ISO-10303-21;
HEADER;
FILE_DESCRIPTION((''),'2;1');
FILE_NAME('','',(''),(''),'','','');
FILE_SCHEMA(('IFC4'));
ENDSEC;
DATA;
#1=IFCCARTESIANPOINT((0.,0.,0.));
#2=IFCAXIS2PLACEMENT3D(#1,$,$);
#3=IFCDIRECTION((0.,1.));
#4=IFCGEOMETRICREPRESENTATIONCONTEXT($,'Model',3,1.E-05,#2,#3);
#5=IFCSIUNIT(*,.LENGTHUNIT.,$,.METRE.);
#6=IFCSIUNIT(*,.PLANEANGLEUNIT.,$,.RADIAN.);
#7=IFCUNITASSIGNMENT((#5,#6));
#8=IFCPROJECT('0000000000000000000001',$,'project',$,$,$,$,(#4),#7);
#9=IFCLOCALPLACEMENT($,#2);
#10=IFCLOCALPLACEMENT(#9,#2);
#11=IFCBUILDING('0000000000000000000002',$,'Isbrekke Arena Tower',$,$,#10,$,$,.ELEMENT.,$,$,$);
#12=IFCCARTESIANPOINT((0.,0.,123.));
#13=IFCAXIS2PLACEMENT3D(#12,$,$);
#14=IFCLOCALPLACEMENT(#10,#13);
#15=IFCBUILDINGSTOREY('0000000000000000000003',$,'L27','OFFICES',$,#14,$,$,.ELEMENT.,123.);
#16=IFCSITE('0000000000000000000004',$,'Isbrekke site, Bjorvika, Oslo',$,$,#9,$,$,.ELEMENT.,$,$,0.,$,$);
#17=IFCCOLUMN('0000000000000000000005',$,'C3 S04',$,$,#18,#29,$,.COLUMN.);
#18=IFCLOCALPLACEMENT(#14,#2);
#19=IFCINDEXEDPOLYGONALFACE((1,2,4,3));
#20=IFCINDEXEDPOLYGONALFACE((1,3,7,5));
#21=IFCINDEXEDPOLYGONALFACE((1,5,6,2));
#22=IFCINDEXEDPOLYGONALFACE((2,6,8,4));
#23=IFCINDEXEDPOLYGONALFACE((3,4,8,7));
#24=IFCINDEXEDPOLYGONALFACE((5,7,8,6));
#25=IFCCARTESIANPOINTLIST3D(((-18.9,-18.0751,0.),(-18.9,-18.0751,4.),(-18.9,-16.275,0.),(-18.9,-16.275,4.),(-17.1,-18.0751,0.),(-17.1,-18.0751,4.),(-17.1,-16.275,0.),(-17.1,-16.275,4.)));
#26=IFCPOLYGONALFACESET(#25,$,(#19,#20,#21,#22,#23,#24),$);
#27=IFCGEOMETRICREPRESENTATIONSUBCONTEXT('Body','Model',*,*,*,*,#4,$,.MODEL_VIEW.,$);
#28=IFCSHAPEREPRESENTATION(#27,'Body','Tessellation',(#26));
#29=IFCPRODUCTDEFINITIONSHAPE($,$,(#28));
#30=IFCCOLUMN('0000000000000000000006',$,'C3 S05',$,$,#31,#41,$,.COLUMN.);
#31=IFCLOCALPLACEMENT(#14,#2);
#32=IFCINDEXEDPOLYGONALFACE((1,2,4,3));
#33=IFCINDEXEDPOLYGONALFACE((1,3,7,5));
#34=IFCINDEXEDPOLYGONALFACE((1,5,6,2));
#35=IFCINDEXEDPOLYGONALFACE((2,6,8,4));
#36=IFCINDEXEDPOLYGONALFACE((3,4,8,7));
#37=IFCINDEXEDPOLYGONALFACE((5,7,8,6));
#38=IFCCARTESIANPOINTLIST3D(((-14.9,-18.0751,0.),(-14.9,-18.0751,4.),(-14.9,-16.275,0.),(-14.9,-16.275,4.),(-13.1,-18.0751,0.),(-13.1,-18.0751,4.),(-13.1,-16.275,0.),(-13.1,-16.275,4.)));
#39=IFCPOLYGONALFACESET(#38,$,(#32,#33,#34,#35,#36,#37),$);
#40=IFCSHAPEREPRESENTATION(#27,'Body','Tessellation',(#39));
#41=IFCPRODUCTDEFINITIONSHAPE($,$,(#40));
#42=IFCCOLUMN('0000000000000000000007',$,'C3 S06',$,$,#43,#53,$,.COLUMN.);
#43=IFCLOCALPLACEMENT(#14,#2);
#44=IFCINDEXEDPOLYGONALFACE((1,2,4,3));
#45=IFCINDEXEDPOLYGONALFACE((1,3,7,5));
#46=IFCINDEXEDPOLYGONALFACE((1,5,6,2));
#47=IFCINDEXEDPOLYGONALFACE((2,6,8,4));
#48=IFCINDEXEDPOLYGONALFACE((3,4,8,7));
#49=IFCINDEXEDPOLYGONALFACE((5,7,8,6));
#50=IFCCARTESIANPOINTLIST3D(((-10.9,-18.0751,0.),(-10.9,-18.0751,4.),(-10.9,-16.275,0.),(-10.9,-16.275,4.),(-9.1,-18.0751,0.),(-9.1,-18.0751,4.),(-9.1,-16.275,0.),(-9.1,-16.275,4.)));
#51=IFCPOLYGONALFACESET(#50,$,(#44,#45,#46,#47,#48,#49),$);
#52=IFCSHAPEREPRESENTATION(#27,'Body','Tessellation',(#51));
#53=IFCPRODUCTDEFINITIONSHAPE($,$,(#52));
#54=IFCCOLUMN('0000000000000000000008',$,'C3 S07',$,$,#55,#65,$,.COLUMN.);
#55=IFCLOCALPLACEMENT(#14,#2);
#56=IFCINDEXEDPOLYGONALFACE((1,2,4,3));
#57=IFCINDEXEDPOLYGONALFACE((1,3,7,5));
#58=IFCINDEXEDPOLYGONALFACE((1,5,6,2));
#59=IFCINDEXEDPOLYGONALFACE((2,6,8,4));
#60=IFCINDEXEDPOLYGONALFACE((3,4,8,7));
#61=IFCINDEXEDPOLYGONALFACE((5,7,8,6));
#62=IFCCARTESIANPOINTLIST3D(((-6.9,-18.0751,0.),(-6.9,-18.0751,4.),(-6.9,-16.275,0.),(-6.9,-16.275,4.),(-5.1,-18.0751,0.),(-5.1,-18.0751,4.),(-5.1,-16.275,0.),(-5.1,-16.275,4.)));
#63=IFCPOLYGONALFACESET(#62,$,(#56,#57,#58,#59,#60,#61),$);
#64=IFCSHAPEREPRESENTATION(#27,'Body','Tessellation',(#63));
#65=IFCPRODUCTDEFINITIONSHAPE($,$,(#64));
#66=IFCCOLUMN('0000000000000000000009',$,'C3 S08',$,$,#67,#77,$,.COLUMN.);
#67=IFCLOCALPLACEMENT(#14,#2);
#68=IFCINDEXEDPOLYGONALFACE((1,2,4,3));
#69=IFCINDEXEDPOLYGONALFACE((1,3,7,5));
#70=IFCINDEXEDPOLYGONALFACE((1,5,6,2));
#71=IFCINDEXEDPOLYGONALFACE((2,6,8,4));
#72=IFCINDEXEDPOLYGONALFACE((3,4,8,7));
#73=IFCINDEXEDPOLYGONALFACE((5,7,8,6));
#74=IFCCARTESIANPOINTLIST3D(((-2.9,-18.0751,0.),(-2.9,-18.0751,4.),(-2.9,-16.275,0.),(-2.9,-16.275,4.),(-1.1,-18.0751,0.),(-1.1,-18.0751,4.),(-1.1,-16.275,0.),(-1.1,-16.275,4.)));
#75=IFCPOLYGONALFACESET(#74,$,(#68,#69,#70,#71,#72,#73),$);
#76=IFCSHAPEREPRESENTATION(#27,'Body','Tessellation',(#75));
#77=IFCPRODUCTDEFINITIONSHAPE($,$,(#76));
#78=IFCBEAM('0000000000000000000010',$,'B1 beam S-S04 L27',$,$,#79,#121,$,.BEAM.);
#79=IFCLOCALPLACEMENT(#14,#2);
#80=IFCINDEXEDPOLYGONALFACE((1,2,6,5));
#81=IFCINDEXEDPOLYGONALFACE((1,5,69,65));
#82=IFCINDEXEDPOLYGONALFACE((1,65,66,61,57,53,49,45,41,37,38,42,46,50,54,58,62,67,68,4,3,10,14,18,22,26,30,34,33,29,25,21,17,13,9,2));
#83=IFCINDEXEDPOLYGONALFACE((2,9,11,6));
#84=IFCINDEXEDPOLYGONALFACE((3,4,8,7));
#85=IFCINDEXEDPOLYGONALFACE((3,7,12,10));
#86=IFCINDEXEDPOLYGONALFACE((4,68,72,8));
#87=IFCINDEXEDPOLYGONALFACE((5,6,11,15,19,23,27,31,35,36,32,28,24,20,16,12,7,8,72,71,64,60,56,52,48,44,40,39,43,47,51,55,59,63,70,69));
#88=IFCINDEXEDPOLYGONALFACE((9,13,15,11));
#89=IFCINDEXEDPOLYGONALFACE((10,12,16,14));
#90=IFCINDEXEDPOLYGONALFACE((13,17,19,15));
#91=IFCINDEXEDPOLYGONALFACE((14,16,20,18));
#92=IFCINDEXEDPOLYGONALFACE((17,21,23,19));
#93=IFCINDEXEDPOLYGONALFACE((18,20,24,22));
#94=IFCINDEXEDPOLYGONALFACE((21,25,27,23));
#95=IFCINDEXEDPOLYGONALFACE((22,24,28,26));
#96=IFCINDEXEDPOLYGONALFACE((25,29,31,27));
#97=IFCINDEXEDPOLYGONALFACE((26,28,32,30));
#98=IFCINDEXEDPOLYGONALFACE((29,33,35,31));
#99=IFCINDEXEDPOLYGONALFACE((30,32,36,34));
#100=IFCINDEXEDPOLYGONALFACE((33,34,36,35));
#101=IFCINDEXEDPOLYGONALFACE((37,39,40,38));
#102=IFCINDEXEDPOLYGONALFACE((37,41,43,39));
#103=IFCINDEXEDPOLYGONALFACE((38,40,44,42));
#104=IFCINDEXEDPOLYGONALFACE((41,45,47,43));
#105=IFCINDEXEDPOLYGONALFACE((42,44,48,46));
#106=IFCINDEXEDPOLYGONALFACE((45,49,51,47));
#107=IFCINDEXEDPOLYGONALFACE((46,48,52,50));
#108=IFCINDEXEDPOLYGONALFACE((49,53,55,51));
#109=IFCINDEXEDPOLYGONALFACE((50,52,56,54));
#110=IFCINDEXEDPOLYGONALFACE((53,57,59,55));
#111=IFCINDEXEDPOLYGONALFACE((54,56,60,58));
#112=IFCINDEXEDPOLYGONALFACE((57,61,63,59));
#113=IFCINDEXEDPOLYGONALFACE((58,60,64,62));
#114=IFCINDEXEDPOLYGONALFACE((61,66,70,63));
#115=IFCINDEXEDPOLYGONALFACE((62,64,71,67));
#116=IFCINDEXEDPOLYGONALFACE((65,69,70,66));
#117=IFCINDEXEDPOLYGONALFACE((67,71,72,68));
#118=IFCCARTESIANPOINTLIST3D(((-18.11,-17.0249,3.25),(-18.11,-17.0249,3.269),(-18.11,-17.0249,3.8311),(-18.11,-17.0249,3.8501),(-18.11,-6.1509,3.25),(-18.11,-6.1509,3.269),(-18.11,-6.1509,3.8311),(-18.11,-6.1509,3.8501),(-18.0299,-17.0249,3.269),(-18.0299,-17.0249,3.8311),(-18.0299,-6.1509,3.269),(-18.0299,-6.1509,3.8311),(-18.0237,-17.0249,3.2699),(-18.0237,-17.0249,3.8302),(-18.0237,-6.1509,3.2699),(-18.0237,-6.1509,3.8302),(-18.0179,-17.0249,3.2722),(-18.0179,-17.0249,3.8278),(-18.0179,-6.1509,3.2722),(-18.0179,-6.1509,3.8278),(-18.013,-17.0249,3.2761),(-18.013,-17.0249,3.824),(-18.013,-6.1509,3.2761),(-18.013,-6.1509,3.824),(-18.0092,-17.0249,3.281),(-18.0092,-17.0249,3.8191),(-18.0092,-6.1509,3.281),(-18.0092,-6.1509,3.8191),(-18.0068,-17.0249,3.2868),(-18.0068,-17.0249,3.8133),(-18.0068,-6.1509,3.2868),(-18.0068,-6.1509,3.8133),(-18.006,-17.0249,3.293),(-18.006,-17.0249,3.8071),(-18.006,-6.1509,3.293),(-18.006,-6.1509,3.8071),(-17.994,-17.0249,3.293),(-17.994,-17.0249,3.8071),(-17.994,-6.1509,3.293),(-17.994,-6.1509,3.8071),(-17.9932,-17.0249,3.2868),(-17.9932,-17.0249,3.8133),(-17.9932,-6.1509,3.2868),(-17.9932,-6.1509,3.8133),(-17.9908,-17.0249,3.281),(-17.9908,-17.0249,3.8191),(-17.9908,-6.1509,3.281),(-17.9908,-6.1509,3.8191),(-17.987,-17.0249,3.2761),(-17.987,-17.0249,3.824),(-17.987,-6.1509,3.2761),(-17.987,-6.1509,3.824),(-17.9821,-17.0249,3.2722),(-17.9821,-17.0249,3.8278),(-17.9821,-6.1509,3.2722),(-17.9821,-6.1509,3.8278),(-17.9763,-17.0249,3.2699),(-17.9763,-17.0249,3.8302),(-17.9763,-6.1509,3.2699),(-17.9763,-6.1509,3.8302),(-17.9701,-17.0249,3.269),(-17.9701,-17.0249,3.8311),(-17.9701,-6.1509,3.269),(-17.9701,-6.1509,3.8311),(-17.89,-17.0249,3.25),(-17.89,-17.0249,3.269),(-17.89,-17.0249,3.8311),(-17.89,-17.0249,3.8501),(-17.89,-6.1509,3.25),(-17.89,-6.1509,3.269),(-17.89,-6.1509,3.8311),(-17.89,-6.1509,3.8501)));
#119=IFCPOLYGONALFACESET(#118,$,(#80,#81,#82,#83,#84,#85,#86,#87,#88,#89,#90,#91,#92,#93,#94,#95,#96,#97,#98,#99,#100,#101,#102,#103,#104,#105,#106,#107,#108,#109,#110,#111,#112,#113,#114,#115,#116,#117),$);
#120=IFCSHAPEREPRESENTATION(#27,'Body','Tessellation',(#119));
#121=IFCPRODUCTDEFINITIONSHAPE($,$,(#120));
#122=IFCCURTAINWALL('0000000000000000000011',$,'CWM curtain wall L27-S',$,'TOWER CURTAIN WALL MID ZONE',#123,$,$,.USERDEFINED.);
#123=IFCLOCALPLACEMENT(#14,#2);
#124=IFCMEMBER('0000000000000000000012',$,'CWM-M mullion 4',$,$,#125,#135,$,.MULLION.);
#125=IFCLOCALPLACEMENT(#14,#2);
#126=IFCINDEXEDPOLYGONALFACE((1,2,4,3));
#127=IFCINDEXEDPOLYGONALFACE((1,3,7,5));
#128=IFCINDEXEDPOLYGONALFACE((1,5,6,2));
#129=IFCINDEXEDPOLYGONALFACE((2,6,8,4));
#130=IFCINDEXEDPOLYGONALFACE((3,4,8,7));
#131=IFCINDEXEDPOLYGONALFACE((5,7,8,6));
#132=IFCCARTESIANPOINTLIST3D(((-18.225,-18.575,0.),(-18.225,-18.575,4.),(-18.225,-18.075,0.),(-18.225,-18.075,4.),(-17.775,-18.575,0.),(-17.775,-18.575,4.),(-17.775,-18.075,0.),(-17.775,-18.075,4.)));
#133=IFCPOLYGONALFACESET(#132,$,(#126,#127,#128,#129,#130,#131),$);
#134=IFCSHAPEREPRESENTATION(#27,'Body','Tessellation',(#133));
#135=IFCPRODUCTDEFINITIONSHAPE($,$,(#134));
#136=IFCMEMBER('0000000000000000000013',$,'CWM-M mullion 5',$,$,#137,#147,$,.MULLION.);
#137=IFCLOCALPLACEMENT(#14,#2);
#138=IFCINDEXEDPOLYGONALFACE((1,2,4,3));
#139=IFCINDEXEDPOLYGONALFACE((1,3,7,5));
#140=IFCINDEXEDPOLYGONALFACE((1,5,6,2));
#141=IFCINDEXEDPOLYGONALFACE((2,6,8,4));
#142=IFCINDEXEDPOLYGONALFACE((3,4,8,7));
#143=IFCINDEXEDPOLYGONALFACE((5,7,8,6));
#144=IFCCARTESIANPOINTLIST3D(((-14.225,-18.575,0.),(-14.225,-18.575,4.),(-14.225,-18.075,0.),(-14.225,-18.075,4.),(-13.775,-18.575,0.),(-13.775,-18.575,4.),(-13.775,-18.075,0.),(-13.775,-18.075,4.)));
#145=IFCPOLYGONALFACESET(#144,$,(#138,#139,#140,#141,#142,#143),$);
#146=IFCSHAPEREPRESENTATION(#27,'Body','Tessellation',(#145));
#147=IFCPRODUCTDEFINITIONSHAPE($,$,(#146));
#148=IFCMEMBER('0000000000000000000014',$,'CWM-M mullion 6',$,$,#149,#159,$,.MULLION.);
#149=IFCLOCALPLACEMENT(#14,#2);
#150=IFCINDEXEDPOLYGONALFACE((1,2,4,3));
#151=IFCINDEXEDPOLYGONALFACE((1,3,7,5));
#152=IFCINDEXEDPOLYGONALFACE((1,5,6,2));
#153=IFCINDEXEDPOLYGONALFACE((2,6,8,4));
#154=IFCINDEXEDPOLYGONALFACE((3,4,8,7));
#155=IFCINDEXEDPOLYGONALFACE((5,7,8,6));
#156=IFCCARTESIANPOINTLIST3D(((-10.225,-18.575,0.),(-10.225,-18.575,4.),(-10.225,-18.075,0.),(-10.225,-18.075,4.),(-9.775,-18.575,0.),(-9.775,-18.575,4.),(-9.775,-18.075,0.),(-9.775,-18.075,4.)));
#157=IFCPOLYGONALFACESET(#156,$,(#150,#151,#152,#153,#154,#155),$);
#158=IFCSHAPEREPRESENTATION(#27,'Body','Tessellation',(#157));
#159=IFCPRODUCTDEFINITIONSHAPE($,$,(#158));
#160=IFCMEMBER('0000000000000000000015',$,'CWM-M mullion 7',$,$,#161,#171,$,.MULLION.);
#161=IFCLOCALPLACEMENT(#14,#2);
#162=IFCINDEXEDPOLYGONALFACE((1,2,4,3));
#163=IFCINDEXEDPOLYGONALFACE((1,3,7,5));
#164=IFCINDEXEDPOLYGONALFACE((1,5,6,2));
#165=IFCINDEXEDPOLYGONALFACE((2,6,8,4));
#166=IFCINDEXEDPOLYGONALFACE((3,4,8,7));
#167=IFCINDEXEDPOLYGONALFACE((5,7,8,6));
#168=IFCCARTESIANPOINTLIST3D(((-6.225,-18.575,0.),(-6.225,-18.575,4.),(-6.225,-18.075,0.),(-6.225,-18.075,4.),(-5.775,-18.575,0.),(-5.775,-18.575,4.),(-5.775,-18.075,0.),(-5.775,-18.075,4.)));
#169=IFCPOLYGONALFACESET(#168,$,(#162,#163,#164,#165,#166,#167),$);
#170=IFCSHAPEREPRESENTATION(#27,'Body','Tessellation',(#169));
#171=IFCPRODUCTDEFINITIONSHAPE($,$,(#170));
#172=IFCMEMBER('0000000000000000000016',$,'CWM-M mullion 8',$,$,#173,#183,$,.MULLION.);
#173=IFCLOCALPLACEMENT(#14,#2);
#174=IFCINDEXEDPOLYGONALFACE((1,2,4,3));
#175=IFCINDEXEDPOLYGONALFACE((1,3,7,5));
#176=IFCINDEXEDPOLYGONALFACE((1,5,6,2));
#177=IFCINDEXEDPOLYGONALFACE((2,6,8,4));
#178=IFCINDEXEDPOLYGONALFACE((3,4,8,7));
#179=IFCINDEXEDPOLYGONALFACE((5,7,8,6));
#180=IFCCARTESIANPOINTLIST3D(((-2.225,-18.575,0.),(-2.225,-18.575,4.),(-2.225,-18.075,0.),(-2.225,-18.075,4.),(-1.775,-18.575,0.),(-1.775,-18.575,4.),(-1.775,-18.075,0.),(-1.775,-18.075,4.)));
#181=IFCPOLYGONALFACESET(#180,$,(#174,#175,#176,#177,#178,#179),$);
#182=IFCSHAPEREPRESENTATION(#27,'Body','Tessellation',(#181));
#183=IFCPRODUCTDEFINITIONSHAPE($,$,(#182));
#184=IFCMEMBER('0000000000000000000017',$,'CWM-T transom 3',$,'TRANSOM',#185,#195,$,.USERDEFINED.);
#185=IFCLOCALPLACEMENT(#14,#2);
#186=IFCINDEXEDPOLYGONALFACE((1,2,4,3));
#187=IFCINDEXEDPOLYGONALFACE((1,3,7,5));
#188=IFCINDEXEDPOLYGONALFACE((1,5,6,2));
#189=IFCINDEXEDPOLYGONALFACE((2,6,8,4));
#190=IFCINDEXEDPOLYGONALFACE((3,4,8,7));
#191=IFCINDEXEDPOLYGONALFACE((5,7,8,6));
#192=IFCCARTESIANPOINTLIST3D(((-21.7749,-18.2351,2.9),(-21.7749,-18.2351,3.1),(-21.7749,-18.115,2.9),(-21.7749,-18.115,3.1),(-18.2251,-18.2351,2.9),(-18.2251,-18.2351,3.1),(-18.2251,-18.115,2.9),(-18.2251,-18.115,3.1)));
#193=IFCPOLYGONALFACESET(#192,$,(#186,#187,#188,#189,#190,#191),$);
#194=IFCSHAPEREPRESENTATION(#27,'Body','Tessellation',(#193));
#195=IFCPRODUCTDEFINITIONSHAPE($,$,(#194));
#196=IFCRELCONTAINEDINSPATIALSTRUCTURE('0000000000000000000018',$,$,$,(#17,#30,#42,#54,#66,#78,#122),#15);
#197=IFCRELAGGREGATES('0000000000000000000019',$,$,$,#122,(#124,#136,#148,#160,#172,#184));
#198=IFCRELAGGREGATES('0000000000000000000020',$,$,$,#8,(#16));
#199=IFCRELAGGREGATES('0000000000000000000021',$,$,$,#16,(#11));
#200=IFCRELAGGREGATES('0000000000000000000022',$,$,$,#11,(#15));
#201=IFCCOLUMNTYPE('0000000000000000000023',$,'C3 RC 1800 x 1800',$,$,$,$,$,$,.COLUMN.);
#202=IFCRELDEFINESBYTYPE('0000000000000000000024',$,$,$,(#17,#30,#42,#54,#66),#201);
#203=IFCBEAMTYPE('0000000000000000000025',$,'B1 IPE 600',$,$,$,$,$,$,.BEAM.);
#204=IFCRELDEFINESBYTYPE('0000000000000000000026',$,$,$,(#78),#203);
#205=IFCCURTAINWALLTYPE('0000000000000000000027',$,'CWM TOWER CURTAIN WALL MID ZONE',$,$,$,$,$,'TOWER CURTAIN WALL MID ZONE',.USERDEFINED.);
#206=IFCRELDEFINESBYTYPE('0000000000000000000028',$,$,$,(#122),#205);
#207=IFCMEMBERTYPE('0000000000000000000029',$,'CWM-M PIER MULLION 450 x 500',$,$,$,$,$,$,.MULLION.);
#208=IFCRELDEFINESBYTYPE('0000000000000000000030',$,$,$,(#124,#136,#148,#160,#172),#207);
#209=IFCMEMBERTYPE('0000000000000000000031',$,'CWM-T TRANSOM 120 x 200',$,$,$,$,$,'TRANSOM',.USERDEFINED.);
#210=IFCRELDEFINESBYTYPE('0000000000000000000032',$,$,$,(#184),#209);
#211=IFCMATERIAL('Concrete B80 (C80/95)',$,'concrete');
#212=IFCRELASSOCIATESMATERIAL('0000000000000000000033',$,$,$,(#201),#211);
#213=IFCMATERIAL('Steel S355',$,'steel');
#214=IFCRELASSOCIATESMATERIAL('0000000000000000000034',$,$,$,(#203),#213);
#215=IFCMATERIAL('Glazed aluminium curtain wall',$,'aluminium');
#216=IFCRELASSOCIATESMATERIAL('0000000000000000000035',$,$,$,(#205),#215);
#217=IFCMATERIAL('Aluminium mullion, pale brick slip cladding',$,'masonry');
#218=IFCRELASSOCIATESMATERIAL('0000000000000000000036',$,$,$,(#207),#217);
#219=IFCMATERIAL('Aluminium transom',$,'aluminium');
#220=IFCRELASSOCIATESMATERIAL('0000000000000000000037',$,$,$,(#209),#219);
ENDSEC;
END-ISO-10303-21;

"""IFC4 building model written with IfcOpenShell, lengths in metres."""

from ifc_helpers import new_model, si_unit, direction, frame, origin, origin_2d, place, context, subcontext, project, spatial, rectangle, i_section, extrude, material, material_profile, profile_set, type_object, element, aggregate, save


model = new_model("IFC4")

# Units and contexts
model_context = context("Model", 3, precision=1e-05, world=origin(), true_north=direction((0.0, 1.0)))
body_context = subcontext(model_context, "Body", "Model", "MODEL_VIEW")
ifc_project = project(units=[si_unit("LENGTHUNIT", "METRE"), si_unit("PLANEANGLEUNIT", "RADIAN")], contexts=[model_context])

# Site, building, storey
site_placement = place(None, origin())
site = spatial("IfcSite", under=ifc_project, at=site_placement, Name="Isbrekke site, Bjorvika, Oslo", CompositionType="ELEMENT", RefElevation=0.0)
building_placement = place(site_placement, origin())
building = spatial("IfcBuilding", under=site, at=building_placement, Name="Isbrekke Arena Tower", CompositionType="ELEMENT")
storey_placement = place(building_placement, frame((0.0, 0.0, 123.0)))
storey = spatial("IfcBuildingStorey", under=building, at=storey_placement, Name="L27", Description="OFFICES", CompositionType="ELEMENT", Elevation=123.0)

# Columns
ifc_material_1 = material(Name="Concrete B80 (C80/95)", Category="concrete")
ifc_material_profile_1 = material_profile(ifc_material_1, rectangle(XDim=1.8, YDim=1.8, at=origin_2d()), Name="RC 1800x1800")
ifc_profile_set_1 = profile_set([ifc_material_profile_1], Name="Concrete B80 (C80/95)")
column_type = type_object("IfcColumnType", Name="C3 RC 1800 x 1800", PredefinedType="COLUMN", material=ifc_profile_set_1)
for number, where, z_axis, x_axis, name in (
    (1, (-18.0, -17.175, 0.0), (0.0, 0.0, 1.0), (1.0, 0.0, 0.0), "C3 S04"),
    (2, (-14.0, -17.175, 0.0), (0.0, 0.0, 1.0), (1.0, 0.0, 0.0), "C3 S05"),
    (3, (-10.0, -17.175, 0.0), (0.0, 0.0, 1.0), (1.0, 0.0, 0.0), "C3 S06"),
    (4, (-6.0, -17.175, 0.0), (0.0, 0.0, 1.0), (1.0, 0.0, 0.0), "C3 S07"),
    (5, (-2.0, -17.175, 0.0), (0.0, 0.0, 1.0), (1.0, 0.0, 0.0), "C3 S08"),
):
    element("IfcColumn", number, at=place(storey_placement, frame(where, z_axis=z_axis, x_axis=x_axis)), inside=storey, type_object=column_type, Name=name, PredefinedType="COLUMN", context=body_context, shape_type="SweptSolid", body=[
        extrude(rectangle(XDim=1.8, YDim=1.8, at=origin_2d()), origin(), (0.0, 0.0, 1.0), 4.0),
    ])

# Beam
ifc_material_2 = material(Name="Steel S355", Category="steel")
ifc_material_profile_2 = material_profile(ifc_material_2, i_section(OverallWidth=0.22, OverallDepth=0.6001, WebThickness=0.012, FlangeThickness=0.019, FilletRadius=0.0239, at=origin_2d()), Name="IPE 600")
ifc_profile_set_2 = profile_set([ifc_material_profile_2], Name="Steel S355")
beam_type_1 = type_object("IfcBeamType", Name="B1 IPE 600", PredefinedType="BEAM", material=ifc_profile_set_2)
beam_placement = place(storey_placement, frame((-18.0, -17.0249, 3.55), z_axis=(0.0, 1.0, 0.0), x_axis=(-1.0, 0.0, 0.0)))
element("IfcBeam", 6, at=beam_placement, inside=storey, type_object=beam_type_1, Name="B1 beam S-S04 L27", PredefinedType="BEAM", context=body_context, shape_type="SweptSolid", body=[
    extrude(i_section(OverallWidth=0.22, OverallDepth=0.6001, WebThickness=0.012, FlangeThickness=0.019, FilletRadius=0.0239, at=origin_2d()), origin(), (0.0, 0.0, 1.0), 10.874),
])

# Curtain wall, members
ifc_material_3 = material(Name="Glazed aluminium curtain wall", Category="aluminium")
curtain_wall_type = type_object("IfcCurtainWallType", Name="CWM TOWER CURTAIN WALL MID ZONE", ElementType="TOWER CURTAIN WALL MID ZONE", PredefinedType="USERDEFINED", material=ifc_material_3)
curtain_wall_placement = place(storey_placement, origin())
curtain_wall = element("IfcCurtainWall", 7, at=curtain_wall_placement, inside=storey, type_object=curtain_wall_type, Name="CWM curtain wall L27-S", ObjectType="TOWER CURTAIN WALL MID ZONE", PredefinedType="USERDEFINED")
ifc_material_4 = material(Name="Aluminium mullion, pale brick slip cladding", Category="masonry")
ifc_material_profile_3 = material_profile(ifc_material_4, rectangle(XDim=0.45, YDim=0.5, at=origin_2d()), Name="PIER 450X500")
ifc_profile_set_3 = profile_set([ifc_material_profile_3], Name="Aluminium mullion, pale brick slip cladding")
member_type_1 = type_object("IfcMemberType", Name="CWM-M PIER MULLION 450 x 500", PredefinedType="MULLION", material=ifc_profile_set_3)
member_1_placement = place(storey_placement, frame((-18.0, -18.325, 0.0), z_axis=(0.0, 0.0, 1.0), x_axis=(1.0, 0.0, 0.0)))
member_1 = element("IfcMember", 8, at=member_1_placement, type_object=member_type_1, Name="CWM-M mullion 4", PredefinedType="MULLION", context=body_context, shape_type="SweptSolid", body=[
    extrude(rectangle(XDim=0.45, YDim=0.5, at=origin_2d()), origin(), (0.0, 0.0, 1.0), 4.0),
])
member_2_placement = place(storey_placement, frame((-14.0, -18.325, 0.0), z_axis=(0.0, 0.0, 1.0), x_axis=(1.0, 0.0, 0.0)))
member_2 = element("IfcMember", 9, at=member_2_placement, type_object=member_type_1, Name="CWM-M mullion 5", PredefinedType="MULLION", context=body_context, shape_type="SweptSolid", body=[
    extrude(rectangle(XDim=0.45, YDim=0.5, at=origin_2d()), origin(), (0.0, 0.0, 1.0), 4.0),
])
member_3_placement = place(storey_placement, frame((-10.0, -18.325, 0.0), z_axis=(0.0, 0.0, 1.0), x_axis=(1.0, 0.0, 0.0)))
member_3 = element("IfcMember", 10, at=member_3_placement, type_object=member_type_1, Name="CWM-M mullion 6", PredefinedType="MULLION", context=body_context, shape_type="SweptSolid", body=[
    extrude(rectangle(XDim=0.45, YDim=0.5, at=origin_2d()), origin(), (0.0, 0.0, 1.0), 4.0),
])
member_4_placement = place(storey_placement, frame((-6.0, -18.325, 0.0), z_axis=(0.0, 0.0, 1.0), x_axis=(1.0, 0.0, 0.0)))
member_4 = element("IfcMember", 11, at=member_4_placement, type_object=member_type_1, Name="CWM-M mullion 7", PredefinedType="MULLION", context=body_context, shape_type="SweptSolid", body=[
    extrude(rectangle(XDim=0.45, YDim=0.5, at=origin_2d()), origin(), (0.0, 0.0, 1.0), 4.0),
])
member_5_placement = place(storey_placement, frame((-2.0, -18.325, 0.0), z_axis=(0.0, 0.0, 1.0), x_axis=(1.0, 0.0, 0.0)))
member_5 = element("IfcMember", 12, at=member_5_placement, type_object=member_type_1, Name="CWM-M mullion 8", PredefinedType="MULLION", context=body_context, shape_type="SweptSolid", body=[
    extrude(rectangle(XDim=0.45, YDim=0.5, at=origin_2d()), origin(), (0.0, 0.0, 1.0), 4.0),
])
ifc_material_5 = material(Name="Aluminium transom", Category="aluminium")
ifc_material_profile_4 = material_profile(ifc_material_5, rectangle(XDim=0.1201, YDim=0.2, at=origin_2d()), Name="TRANSOM 120X200")
ifc_profile_set_4 = profile_set([ifc_material_profile_4], Name="Aluminium transom")
member_type_2 = type_object("IfcMemberType", Name="CWM-T TRANSOM 120 x 200", ElementType="TRANSOM", PredefinedType="USERDEFINED", material=ifc_profile_set_4)
member_6_placement = place(storey_placement, frame((-21.7749, -18.175, 3.0), z_axis=(1.0, 0.0, 0.0), x_axis=(0.0, 1.0, 0.0)))
member_6 = element("IfcMember", 13, at=member_6_placement, type_object=member_type_2, Name="CWM-T transom 3", ObjectType="TRANSOM", PredefinedType="USERDEFINED", context=body_context, shape_type="SweptSolid", body=[
    extrude(rectangle(XDim=0.1201, YDim=0.2, at=origin_2d()), origin(), (0.0, 0.0, 1.0), 3.5498),
])

aggregate(curtain_wall, [member_1, member_2, member_3, member_4, member_5, member_6])

save(model, "model.ifc")
